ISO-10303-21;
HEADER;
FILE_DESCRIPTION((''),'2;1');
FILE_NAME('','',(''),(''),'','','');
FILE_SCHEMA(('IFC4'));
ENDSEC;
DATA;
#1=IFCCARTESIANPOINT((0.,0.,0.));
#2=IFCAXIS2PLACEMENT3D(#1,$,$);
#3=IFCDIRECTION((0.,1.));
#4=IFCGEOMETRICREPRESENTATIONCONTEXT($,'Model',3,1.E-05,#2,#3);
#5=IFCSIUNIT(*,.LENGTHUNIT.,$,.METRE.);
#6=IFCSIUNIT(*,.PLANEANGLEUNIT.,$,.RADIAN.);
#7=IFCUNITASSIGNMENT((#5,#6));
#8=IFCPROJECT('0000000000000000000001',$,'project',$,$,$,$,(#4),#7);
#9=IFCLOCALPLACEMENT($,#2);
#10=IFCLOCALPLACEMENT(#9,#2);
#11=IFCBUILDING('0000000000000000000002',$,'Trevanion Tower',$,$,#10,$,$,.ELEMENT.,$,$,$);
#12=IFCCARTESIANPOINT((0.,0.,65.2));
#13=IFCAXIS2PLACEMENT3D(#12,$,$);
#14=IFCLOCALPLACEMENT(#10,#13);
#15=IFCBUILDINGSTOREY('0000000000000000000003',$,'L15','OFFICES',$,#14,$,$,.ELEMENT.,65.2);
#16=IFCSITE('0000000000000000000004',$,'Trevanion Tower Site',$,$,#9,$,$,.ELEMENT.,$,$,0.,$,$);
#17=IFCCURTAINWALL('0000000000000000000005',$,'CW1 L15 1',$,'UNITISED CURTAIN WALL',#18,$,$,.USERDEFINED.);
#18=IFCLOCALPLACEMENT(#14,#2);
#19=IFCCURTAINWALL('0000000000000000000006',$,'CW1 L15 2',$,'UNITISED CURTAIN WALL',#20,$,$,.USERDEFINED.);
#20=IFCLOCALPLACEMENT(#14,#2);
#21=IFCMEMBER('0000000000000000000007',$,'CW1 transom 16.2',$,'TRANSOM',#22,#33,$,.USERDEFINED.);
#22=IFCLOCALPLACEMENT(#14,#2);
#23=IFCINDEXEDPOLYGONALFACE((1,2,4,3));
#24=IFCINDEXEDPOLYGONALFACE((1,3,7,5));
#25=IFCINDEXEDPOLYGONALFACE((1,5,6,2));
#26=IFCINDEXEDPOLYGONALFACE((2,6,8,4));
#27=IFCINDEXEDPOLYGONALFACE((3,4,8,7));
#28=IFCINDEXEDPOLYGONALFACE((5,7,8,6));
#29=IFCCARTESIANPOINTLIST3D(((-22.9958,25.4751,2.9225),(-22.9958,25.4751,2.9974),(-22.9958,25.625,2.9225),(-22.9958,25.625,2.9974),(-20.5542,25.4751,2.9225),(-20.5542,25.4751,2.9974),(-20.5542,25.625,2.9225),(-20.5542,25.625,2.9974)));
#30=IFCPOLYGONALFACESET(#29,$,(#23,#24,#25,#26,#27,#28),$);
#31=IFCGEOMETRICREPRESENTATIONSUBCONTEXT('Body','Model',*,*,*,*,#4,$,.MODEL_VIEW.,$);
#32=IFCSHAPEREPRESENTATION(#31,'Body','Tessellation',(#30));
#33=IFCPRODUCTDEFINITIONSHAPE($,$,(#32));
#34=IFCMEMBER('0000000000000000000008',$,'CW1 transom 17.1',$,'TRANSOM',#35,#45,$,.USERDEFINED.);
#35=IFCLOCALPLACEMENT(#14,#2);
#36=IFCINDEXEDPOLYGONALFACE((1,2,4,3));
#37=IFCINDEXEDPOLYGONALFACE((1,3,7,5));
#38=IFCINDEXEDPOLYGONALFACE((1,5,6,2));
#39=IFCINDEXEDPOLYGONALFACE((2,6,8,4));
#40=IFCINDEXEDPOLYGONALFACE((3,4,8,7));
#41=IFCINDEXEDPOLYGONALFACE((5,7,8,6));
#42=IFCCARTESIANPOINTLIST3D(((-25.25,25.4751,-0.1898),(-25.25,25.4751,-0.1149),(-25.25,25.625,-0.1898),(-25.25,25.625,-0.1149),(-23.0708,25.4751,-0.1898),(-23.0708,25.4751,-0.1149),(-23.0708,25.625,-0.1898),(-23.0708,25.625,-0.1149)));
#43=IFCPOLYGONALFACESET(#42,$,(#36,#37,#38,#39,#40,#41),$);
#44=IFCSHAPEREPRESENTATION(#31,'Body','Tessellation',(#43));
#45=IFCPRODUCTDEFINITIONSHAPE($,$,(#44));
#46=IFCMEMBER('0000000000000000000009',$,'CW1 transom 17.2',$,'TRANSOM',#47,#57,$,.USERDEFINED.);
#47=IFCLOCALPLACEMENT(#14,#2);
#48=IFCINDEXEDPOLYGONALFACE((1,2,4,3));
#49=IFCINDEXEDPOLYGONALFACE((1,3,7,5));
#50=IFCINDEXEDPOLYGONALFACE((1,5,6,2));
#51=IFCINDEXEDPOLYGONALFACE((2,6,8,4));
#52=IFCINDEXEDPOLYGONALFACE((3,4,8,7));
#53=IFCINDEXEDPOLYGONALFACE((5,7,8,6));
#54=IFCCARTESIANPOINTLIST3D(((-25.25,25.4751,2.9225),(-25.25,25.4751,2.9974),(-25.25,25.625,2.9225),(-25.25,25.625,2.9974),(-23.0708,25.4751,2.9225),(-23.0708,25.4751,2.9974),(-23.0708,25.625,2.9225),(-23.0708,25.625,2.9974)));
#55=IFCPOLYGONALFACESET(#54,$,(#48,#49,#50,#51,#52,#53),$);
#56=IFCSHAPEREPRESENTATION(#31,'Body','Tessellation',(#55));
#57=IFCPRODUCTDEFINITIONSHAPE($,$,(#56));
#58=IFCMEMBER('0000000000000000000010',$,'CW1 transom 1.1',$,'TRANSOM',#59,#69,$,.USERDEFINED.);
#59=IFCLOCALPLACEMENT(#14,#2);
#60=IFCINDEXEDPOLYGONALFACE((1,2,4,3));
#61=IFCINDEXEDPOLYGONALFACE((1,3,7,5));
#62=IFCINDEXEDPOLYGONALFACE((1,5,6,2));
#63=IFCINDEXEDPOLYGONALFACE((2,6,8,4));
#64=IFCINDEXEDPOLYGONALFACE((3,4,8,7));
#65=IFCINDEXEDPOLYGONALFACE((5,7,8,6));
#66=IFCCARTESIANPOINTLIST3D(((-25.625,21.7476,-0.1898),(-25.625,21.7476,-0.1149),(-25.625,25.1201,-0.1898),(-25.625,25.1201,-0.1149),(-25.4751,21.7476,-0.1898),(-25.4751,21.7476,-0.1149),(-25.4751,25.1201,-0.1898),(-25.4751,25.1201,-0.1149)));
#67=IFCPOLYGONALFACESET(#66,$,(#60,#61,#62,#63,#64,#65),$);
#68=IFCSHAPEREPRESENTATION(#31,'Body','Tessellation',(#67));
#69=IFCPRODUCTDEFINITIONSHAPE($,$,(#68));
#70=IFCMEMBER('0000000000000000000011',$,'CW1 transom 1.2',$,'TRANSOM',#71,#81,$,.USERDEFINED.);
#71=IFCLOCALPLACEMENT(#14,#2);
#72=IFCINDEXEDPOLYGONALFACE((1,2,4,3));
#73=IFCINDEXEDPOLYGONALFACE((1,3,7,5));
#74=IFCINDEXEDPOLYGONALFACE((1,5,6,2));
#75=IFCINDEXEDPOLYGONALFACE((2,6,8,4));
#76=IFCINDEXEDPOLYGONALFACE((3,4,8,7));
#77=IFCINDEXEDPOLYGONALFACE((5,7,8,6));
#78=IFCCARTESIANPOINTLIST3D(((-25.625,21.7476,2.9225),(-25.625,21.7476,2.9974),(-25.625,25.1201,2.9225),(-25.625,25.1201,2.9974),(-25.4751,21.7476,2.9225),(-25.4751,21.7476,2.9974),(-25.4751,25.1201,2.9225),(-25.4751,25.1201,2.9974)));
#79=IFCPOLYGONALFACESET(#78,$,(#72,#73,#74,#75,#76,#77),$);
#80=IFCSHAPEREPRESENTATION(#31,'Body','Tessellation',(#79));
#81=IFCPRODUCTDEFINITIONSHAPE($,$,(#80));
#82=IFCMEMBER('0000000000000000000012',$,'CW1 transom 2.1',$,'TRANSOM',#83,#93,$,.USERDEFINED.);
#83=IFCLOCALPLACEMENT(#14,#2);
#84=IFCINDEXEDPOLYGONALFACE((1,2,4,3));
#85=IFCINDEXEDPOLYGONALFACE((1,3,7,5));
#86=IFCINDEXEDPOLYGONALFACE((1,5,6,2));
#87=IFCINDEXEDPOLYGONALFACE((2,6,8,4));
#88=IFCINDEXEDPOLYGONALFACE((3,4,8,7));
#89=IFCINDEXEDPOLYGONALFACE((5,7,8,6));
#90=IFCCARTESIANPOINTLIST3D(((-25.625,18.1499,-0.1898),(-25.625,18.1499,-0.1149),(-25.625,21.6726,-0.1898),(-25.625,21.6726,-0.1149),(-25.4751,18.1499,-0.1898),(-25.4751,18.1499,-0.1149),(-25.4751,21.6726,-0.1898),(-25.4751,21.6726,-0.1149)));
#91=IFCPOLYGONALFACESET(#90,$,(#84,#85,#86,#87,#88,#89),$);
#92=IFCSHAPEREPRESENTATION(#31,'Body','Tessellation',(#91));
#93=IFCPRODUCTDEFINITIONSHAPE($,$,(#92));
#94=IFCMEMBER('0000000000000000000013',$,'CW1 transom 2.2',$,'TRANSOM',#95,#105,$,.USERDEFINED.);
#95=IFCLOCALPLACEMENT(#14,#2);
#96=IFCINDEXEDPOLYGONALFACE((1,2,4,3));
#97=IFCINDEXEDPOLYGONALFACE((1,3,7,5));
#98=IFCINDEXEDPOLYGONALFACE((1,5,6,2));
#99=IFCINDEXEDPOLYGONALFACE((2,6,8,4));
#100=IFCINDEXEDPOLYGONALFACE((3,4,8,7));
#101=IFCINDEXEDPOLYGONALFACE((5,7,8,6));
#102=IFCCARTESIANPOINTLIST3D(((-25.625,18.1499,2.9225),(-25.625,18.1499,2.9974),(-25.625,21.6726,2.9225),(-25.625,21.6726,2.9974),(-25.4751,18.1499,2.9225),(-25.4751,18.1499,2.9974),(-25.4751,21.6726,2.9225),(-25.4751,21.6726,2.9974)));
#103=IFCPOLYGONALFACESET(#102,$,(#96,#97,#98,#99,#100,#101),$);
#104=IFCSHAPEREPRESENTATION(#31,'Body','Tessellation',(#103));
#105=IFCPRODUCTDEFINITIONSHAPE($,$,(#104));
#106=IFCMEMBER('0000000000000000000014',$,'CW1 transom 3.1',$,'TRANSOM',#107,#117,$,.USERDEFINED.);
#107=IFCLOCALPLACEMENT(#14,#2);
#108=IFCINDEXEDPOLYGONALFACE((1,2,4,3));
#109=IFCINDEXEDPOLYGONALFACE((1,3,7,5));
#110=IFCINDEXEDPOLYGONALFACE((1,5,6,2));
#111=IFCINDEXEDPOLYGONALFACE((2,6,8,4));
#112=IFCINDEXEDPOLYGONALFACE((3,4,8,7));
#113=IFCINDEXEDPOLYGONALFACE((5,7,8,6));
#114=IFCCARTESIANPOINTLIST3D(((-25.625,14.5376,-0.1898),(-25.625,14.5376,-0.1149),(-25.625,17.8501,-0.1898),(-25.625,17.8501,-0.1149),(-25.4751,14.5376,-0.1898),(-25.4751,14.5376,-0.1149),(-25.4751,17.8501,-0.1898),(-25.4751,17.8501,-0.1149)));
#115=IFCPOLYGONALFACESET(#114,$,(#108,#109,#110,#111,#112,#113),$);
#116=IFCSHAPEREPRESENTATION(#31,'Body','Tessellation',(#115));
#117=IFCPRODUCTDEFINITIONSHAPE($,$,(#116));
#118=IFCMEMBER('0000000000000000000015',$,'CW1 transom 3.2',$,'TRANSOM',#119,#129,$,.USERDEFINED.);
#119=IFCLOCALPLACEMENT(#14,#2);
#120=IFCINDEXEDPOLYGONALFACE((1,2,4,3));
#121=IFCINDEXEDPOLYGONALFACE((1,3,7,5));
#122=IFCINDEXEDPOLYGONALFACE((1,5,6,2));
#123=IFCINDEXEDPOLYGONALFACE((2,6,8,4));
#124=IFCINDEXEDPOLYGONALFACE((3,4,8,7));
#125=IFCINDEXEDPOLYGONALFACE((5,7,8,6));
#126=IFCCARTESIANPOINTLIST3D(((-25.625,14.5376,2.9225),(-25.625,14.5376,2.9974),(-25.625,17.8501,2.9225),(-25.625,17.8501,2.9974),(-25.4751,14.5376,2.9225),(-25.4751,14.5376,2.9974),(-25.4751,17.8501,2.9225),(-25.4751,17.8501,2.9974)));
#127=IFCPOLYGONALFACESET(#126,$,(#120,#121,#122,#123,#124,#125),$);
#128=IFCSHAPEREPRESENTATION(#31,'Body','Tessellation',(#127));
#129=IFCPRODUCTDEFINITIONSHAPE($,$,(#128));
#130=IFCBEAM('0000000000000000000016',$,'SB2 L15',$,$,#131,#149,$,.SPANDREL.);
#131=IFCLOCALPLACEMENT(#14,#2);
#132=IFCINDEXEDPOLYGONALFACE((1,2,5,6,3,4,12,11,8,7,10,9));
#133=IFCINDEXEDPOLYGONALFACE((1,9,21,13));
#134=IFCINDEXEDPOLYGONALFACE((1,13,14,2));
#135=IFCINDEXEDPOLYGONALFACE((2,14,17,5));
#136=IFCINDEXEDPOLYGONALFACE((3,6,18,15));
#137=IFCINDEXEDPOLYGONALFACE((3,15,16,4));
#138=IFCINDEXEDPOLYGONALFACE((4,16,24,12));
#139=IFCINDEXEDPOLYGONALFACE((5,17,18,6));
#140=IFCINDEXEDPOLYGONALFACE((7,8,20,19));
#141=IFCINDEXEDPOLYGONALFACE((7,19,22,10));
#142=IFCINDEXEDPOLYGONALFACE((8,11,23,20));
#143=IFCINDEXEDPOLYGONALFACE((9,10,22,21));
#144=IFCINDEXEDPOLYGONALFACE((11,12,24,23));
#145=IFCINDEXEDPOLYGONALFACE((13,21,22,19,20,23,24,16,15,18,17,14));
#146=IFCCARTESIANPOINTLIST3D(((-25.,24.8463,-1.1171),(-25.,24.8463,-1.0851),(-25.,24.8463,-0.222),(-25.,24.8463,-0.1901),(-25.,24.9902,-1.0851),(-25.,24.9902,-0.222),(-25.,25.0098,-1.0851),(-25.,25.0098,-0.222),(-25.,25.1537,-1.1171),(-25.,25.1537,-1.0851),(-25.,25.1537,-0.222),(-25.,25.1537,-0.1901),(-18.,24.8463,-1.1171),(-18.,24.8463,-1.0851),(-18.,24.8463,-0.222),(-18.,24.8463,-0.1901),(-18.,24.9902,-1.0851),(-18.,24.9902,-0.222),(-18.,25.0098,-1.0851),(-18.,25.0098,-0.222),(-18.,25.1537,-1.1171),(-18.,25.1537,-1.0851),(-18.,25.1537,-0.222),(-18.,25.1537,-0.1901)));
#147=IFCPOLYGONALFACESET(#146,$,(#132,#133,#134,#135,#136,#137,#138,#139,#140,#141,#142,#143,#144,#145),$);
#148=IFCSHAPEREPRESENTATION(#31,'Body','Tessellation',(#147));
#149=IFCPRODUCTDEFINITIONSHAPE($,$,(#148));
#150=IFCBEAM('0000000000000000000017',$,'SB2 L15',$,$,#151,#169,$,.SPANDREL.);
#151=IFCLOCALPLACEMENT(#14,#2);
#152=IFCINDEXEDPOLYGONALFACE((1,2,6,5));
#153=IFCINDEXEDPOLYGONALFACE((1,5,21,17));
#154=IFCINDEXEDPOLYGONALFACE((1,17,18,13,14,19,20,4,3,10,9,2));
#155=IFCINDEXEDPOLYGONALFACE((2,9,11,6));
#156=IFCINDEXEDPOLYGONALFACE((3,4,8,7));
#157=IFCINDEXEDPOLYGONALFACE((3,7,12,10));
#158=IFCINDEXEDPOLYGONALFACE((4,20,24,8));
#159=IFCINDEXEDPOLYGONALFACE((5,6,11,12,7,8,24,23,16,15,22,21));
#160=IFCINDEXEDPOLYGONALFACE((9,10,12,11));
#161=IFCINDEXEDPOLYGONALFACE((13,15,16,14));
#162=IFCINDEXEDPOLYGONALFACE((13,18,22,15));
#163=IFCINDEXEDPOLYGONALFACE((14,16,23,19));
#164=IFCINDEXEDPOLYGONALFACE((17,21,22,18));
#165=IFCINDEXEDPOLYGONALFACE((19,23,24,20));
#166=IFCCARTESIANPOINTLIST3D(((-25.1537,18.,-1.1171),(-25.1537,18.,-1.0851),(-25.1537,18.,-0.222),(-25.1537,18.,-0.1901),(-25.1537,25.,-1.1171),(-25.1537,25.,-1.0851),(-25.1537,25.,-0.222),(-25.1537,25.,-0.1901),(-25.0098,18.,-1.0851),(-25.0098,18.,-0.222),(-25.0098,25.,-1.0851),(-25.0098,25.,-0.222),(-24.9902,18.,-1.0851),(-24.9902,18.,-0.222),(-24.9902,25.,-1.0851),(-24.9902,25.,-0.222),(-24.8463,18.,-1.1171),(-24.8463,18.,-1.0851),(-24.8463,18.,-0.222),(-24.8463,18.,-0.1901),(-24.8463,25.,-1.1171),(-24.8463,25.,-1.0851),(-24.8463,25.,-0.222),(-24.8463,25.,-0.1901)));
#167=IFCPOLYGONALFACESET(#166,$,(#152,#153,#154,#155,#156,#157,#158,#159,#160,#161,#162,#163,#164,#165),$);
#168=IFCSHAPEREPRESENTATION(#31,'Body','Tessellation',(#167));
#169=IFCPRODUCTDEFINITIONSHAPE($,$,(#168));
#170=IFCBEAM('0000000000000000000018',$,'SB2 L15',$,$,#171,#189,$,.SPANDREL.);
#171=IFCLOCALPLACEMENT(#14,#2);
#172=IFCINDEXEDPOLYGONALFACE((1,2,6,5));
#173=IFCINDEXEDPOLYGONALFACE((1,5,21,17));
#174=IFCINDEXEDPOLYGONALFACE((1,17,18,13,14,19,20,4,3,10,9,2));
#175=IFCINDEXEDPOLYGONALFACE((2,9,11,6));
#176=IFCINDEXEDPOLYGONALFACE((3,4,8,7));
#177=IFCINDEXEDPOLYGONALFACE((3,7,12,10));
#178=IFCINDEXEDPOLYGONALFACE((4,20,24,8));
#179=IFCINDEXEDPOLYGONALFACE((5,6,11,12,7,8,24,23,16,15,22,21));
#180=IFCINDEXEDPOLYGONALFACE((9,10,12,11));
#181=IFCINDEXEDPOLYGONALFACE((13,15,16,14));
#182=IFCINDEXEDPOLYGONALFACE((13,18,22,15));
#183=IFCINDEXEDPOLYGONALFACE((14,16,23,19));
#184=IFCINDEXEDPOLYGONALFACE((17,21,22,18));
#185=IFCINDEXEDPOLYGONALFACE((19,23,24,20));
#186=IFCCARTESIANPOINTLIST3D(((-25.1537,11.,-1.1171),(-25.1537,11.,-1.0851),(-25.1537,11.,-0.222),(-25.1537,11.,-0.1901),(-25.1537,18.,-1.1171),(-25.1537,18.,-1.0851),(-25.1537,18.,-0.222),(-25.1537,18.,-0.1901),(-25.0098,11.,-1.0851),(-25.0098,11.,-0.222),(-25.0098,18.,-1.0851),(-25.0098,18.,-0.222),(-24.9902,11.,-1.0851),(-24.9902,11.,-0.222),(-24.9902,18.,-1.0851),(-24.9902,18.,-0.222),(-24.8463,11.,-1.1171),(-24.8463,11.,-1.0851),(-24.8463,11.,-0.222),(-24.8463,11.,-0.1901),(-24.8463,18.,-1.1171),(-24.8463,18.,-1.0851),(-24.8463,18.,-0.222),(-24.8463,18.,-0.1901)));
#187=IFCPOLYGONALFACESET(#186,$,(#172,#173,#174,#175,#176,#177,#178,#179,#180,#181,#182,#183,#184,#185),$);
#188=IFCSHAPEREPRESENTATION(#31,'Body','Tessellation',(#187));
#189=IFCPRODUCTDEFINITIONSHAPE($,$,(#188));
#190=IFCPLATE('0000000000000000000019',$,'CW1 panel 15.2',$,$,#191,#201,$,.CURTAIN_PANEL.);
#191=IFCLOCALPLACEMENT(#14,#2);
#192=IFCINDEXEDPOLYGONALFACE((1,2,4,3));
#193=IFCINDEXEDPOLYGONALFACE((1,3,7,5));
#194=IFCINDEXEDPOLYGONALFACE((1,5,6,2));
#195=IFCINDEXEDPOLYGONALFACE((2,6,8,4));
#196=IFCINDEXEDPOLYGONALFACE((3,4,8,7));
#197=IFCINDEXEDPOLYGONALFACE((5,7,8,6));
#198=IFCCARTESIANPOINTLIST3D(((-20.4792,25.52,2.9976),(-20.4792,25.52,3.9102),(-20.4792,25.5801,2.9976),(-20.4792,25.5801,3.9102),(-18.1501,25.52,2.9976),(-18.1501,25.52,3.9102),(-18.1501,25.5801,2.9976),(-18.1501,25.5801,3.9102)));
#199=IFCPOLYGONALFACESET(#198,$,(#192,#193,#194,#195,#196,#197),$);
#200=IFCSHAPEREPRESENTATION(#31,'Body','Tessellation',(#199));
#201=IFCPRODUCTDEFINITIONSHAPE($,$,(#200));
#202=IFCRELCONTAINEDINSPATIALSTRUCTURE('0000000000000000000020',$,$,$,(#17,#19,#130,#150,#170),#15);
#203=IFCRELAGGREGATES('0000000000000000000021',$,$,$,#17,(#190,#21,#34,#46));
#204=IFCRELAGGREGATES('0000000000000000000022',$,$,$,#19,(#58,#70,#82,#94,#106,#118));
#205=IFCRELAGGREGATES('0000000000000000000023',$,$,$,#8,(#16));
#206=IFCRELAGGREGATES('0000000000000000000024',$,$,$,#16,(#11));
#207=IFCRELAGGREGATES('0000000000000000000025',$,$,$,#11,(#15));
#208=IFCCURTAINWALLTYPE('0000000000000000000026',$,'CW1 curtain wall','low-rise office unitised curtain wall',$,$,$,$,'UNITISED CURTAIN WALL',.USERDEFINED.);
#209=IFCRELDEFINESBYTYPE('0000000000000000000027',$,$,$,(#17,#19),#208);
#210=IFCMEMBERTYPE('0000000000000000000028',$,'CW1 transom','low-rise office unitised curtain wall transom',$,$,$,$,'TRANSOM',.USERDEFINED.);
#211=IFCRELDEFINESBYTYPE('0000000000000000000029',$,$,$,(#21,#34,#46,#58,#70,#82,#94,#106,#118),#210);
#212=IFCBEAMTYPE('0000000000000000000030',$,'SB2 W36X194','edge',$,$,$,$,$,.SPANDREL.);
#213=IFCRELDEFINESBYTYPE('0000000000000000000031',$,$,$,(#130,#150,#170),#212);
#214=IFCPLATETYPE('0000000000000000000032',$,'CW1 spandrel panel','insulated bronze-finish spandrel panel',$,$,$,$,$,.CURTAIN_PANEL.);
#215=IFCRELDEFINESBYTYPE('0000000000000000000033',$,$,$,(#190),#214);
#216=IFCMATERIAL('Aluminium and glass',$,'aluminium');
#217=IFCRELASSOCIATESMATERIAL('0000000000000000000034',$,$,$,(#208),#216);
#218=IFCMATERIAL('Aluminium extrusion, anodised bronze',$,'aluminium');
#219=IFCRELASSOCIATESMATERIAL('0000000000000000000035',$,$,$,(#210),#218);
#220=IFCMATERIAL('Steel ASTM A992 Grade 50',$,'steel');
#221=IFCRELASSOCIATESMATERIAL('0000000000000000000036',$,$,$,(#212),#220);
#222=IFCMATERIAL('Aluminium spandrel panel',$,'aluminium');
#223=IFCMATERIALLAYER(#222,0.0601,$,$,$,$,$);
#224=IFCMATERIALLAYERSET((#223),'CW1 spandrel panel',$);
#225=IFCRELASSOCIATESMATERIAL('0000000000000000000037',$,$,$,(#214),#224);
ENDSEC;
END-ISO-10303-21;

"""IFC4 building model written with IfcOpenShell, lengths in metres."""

from ifc_helpers import new_model, si_unit, direction, frame, origin, origin_2d, place, context, subcontext, project, spatial, rectangle, i_section, extrude, material, layer, layer_set, material_profile, profile_set, type_object, element, aggregate, save


model = new_model("IFC4")

# Units and contexts
model_context = context("Model", 3, precision=1e-05, world=origin(), true_north=direction((0.0, 1.0)))
body_context = subcontext(model_context, "Body", "Model", "MODEL_VIEW")
ifc_project = project(units=[si_unit("LENGTHUNIT", "METRE"), si_unit("PLANEANGLEUNIT", "RADIAN")], contexts=[model_context])

# Site, building, storey
site_placement = place(None, origin())
site = spatial("IfcSite", under=ifc_project, at=site_placement, Name="Trevanion Tower Site", CompositionType="ELEMENT", RefElevation=0.0)
building_placement = place(site_placement, origin())
building = spatial("IfcBuilding", under=site, at=building_placement, Name="Trevanion Tower", CompositionType="ELEMENT")
storey_placement = place(building_placement, frame((0.0, 0.0, 65.2)))
storey = spatial("IfcBuildingStorey", under=building, at=storey_placement, Name="L15", Description="OFFICES", CompositionType="ELEMENT", Elevation=65.2)

# Curtain wall
ifc_material_1 = material(Name="Aluminium and glass", Category="aluminium")
curtain_wall_type = type_object("IfcCurtainWallType", Name="CW1 curtain wall", Description="low-rise office unitised curtain wall", ElementType="UNITISED CURTAIN WALL", PredefinedType="USERDEFINED", material=ifc_material_1)
curtain_wall_1_placement = place(storey_placement, origin())
curtain_wall_1 = element("IfcCurtainWall", 1, at=curtain_wall_1_placement, inside=storey, type_object=curtain_wall_type, Name="CW1 L15 1", ObjectType="UNITISED CURTAIN WALL", PredefinedType="USERDEFINED")

# Curtain wall
curtain_wall_2_placement = place(storey_placement, origin())
curtain_wall_2 = element("IfcCurtainWall", 2, at=curtain_wall_2_placement, inside=storey, type_object=curtain_wall_type, Name="CW1 L15 2", ObjectType="UNITISED CURTAIN WALL", PredefinedType="USERDEFINED")

# Members
ifc_material_2 = material(Name="Aluminium extrusion, anodised bronze", Category="aluminium")
ifc_material_profile_1 = material_profile(ifc_material_2, rectangle(XDim=0.1499, YDim=0.075, at=origin_2d()), Name="CW1 transom")
ifc_profile_set_1 = profile_set([ifc_material_profile_1], Name="Aluminium extrusion, anodised bronze")
member_type_1 = type_object("IfcMemberType", Name="CW1 transom", Description="low-rise office unitised curtain wall transom", ElementType="TRANSOM", PredefinedType="USERDEFINED", material=ifc_profile_set_1)
member_1_placement = place(storey_placement, frame((-20.5542, 25.55, 2.96), z_axis=(-1.0, 0.0, 0.0), x_axis=(0.0, -1.0, 0.0)))
member_1 = element("IfcMember", 3, at=member_1_placement, type_object=member_type_1, Name="CW1 transom 16.2", ObjectType="TRANSOM", PredefinedType="USERDEFINED", context=body_context, shape_type="SweptSolid", body=[
    extrude(rectangle(XDim=0.1499, YDim=0.075, at=origin_2d()), origin(), (0.0, 0.0, 1.0), 2.4417),
])
member_2_placement = place(storey_placement, frame((-23.0708, 25.55, -0.1523), z_axis=(-1.0, 0.0, 0.0), x_axis=(0.0, -1.0, 0.0)))
member_2 = element("IfcMember", 4, at=member_2_placement, type_object=member_type_1, Name="CW1 transom 17.1", ObjectType="TRANSOM", PredefinedType="USERDEFINED", context=body_context, shape_type="SweptSolid", body=[
    extrude(rectangle(XDim=0.1499, YDim=0.075, at=origin_2d()), origin(), (0.0, 0.0, 1.0), 2.1792),
])
member_3_placement = place(storey_placement, frame((-23.0708, 25.55, 2.96), z_axis=(-1.0, 0.0, 0.0), x_axis=(0.0, -1.0, 0.0)))
member_3 = element("IfcMember", 5, at=member_3_placement, type_object=member_type_1, Name="CW1 transom 17.2", ObjectType="TRANSOM", PredefinedType="USERDEFINED", context=body_context, shape_type="SweptSolid", body=[
    extrude(rectangle(XDim=0.1499, YDim=0.075, at=origin_2d()), origin(), (0.0, 0.0, 1.0), 2.1792),
])
member_4_placement = place(storey_placement, frame((-25.55, 25.1201, -0.1523), z_axis=(0.0, -1.0, 0.0), x_axis=(1.0, 0.0, 0.0)))
member_4 = element("IfcMember", 6, at=member_4_placement, type_object=member_type_1, Name="CW1 transom 1.1", ObjectType="TRANSOM", PredefinedType="USERDEFINED", context=body_context, shape_type="SweptSolid", body=[
    extrude(rectangle(XDim=0.1499, YDim=0.075, at=origin_2d()), origin(), (0.0, 0.0, 1.0), 3.3726),
])
member_5_placement = place(storey_placement, frame((-25.55, 25.1201, 2.96), z_axis=(0.0, -1.0, 0.0), x_axis=(1.0, 0.0, 0.0)))
member_5 = element("IfcMember", 7, at=member_5_placement, type_object=member_type_1, Name="CW1 transom 1.2", ObjectType="TRANSOM", PredefinedType="USERDEFINED", context=body_context, shape_type="SweptSolid", body=[
    extrude(rectangle(XDim=0.1499, YDim=0.075, at=origin_2d()), origin(), (0.0, 0.0, 1.0), 3.3726),
])
member_6_placement = place(storey_placement, frame((-25.55, 21.6726, -0.1523), z_axis=(0.0, -1.0, 0.0), x_axis=(1.0, 0.0, 0.0)))
member_6 = element("IfcMember", 8, at=member_6_placement, type_object=member_type_1, Name="CW1 transom 2.1", ObjectType="TRANSOM", PredefinedType="USERDEFINED", context=body_context, shape_type="SweptSolid", body=[
    extrude(rectangle(XDim=0.1499, YDim=0.075, at=origin_2d()), origin(), (0.0, 0.0, 1.0), 3.5227),
])
member_7_placement = place(storey_placement, frame((-25.55, 21.6726, 2.96), z_axis=(0.0, -1.0, 0.0), x_axis=(1.0, 0.0, 0.0)))
member_7 = element("IfcMember", 9, at=member_7_placement, type_object=member_type_1, Name="CW1 transom 2.2", ObjectType="TRANSOM", PredefinedType="USERDEFINED", context=body_context, shape_type="SweptSolid", body=[
    extrude(rectangle(XDim=0.1499, YDim=0.075, at=origin_2d()), origin(), (0.0, 0.0, 1.0), 3.5227),
])
member_8_placement = place(storey_placement, frame((-25.55, 17.8501, -0.1523), z_axis=(0.0, -1.0, 0.0), x_axis=(1.0, 0.0, 0.0)))
member_8 = element("IfcMember", 10, at=member_8_placement, type_object=member_type_1, Name="CW1 transom 3.1", ObjectType="TRANSOM", PredefinedType="USERDEFINED", context=body_context, shape_type="SweptSolid", body=[
    extrude(rectangle(XDim=0.1499, YDim=0.075, at=origin_2d()), origin(), (0.0, 0.0, 1.0), 3.3125),
])
member_9_placement = place(storey_placement, frame((-25.55, 17.8501, 2.96), z_axis=(0.0, -1.0, 0.0), x_axis=(1.0, 0.0, 0.0)))
member_9 = element("IfcMember", 11, at=member_9_placement, type_object=member_type_1, Name="CW1 transom 3.2", ObjectType="TRANSOM", PredefinedType="USERDEFINED", context=body_context, shape_type="SweptSolid", body=[
    extrude(rectangle(XDim=0.1499, YDim=0.075, at=origin_2d()), origin(), (0.0, 0.0, 1.0), 3.3125),
])

# Beams
ifc_material_3 = material(Name="Steel ASTM A992 Grade 50", Category="steel")
ifc_material_profile_2 = material_profile(ifc_material_3, i_section(OverallWidth=0.3074, OverallDepth=0.927, WebThickness=0.0195, FlangeThickness=0.032, at=origin_2d()), Name="W36X194")
ifc_profile_set_2 = profile_set([ifc_material_profile_2], Name="Steel ASTM A992 Grade 50")
beam_type = type_object("IfcBeamType", Name="SB2 W36X194", Description="edge", PredefinedType="SPANDREL", material=ifc_profile_set_2)
for number, where, z_axis, x_axis, name in (
    (12, (-18.0, 25.0, -0.6536), (-1.0, 0.0, 0.0), (0.0, -1.0, 0.0), "SB2 L15"),
    (13, (-25.0, 25.0, -0.6536), (0.0, -1.0, 0.0), (1.0, 0.0, 0.0), "SB2 L15"),
    (14, (-25.0, 18.0, -0.6536), (0.0, -1.0, 0.0), (1.0, 0.0, 0.0), "SB2 L15"),
):
    element("IfcBeam", number, at=place(storey_placement, frame(where, z_axis=z_axis, x_axis=x_axis)), inside=storey, type_object=beam_type, Name=name, PredefinedType="SPANDREL", context=body_context, shape_type="SweptSolid", body=[
        extrude(i_section(OverallWidth=0.3074, OverallDepth=0.927, WebThickness=0.0195, FlangeThickness=0.032, at=origin_2d()), origin(), (0.0, 0.0, 1.0), 7.0),
    ])

# Plate
ifc_material_4 = material(Name="Aluminium spandrel panel", Category="aluminium")
ifc_layer_1 = layer(ifc_material_4, 0.0601)
ifc_layer_set_1 = layer_set([ifc_layer_1], Name="CW1 spandrel panel")
plate_type_1 = type_object("IfcPlateType", Name="CW1 spandrel panel", Description="insulated bronze-finish spandrel panel", PredefinedType="CURTAIN_PANEL", material=ifc_layer_set_1)
plate_1_placement = place(storey_placement, frame((-19.3147, 25.55, 2.9976), z_axis=(0.0, 0.0, 1.0), x_axis=(-1.0, 0.0, 0.0)))
plate_1 = element("IfcPlate", 15, at=plate_1_placement, type_object=plate_type_1, Name="CW1 panel 15.2", PredefinedType="CURTAIN_PANEL", context=body_context, shape_type="SweptSolid", body=[
    extrude(rectangle(XDim=2.3291, YDim=0.0601, at=origin_2d()), origin(), (0.0, 0.0, 1.0), 0.9126),
])
aggregate(curtain_wall_1, [plate_1, member_1, member_2, member_3])
aggregate(curtain_wall_2, [member_4, member_5, member_6, member_7, member_8, member_9])

save(model, "model.ifc")
